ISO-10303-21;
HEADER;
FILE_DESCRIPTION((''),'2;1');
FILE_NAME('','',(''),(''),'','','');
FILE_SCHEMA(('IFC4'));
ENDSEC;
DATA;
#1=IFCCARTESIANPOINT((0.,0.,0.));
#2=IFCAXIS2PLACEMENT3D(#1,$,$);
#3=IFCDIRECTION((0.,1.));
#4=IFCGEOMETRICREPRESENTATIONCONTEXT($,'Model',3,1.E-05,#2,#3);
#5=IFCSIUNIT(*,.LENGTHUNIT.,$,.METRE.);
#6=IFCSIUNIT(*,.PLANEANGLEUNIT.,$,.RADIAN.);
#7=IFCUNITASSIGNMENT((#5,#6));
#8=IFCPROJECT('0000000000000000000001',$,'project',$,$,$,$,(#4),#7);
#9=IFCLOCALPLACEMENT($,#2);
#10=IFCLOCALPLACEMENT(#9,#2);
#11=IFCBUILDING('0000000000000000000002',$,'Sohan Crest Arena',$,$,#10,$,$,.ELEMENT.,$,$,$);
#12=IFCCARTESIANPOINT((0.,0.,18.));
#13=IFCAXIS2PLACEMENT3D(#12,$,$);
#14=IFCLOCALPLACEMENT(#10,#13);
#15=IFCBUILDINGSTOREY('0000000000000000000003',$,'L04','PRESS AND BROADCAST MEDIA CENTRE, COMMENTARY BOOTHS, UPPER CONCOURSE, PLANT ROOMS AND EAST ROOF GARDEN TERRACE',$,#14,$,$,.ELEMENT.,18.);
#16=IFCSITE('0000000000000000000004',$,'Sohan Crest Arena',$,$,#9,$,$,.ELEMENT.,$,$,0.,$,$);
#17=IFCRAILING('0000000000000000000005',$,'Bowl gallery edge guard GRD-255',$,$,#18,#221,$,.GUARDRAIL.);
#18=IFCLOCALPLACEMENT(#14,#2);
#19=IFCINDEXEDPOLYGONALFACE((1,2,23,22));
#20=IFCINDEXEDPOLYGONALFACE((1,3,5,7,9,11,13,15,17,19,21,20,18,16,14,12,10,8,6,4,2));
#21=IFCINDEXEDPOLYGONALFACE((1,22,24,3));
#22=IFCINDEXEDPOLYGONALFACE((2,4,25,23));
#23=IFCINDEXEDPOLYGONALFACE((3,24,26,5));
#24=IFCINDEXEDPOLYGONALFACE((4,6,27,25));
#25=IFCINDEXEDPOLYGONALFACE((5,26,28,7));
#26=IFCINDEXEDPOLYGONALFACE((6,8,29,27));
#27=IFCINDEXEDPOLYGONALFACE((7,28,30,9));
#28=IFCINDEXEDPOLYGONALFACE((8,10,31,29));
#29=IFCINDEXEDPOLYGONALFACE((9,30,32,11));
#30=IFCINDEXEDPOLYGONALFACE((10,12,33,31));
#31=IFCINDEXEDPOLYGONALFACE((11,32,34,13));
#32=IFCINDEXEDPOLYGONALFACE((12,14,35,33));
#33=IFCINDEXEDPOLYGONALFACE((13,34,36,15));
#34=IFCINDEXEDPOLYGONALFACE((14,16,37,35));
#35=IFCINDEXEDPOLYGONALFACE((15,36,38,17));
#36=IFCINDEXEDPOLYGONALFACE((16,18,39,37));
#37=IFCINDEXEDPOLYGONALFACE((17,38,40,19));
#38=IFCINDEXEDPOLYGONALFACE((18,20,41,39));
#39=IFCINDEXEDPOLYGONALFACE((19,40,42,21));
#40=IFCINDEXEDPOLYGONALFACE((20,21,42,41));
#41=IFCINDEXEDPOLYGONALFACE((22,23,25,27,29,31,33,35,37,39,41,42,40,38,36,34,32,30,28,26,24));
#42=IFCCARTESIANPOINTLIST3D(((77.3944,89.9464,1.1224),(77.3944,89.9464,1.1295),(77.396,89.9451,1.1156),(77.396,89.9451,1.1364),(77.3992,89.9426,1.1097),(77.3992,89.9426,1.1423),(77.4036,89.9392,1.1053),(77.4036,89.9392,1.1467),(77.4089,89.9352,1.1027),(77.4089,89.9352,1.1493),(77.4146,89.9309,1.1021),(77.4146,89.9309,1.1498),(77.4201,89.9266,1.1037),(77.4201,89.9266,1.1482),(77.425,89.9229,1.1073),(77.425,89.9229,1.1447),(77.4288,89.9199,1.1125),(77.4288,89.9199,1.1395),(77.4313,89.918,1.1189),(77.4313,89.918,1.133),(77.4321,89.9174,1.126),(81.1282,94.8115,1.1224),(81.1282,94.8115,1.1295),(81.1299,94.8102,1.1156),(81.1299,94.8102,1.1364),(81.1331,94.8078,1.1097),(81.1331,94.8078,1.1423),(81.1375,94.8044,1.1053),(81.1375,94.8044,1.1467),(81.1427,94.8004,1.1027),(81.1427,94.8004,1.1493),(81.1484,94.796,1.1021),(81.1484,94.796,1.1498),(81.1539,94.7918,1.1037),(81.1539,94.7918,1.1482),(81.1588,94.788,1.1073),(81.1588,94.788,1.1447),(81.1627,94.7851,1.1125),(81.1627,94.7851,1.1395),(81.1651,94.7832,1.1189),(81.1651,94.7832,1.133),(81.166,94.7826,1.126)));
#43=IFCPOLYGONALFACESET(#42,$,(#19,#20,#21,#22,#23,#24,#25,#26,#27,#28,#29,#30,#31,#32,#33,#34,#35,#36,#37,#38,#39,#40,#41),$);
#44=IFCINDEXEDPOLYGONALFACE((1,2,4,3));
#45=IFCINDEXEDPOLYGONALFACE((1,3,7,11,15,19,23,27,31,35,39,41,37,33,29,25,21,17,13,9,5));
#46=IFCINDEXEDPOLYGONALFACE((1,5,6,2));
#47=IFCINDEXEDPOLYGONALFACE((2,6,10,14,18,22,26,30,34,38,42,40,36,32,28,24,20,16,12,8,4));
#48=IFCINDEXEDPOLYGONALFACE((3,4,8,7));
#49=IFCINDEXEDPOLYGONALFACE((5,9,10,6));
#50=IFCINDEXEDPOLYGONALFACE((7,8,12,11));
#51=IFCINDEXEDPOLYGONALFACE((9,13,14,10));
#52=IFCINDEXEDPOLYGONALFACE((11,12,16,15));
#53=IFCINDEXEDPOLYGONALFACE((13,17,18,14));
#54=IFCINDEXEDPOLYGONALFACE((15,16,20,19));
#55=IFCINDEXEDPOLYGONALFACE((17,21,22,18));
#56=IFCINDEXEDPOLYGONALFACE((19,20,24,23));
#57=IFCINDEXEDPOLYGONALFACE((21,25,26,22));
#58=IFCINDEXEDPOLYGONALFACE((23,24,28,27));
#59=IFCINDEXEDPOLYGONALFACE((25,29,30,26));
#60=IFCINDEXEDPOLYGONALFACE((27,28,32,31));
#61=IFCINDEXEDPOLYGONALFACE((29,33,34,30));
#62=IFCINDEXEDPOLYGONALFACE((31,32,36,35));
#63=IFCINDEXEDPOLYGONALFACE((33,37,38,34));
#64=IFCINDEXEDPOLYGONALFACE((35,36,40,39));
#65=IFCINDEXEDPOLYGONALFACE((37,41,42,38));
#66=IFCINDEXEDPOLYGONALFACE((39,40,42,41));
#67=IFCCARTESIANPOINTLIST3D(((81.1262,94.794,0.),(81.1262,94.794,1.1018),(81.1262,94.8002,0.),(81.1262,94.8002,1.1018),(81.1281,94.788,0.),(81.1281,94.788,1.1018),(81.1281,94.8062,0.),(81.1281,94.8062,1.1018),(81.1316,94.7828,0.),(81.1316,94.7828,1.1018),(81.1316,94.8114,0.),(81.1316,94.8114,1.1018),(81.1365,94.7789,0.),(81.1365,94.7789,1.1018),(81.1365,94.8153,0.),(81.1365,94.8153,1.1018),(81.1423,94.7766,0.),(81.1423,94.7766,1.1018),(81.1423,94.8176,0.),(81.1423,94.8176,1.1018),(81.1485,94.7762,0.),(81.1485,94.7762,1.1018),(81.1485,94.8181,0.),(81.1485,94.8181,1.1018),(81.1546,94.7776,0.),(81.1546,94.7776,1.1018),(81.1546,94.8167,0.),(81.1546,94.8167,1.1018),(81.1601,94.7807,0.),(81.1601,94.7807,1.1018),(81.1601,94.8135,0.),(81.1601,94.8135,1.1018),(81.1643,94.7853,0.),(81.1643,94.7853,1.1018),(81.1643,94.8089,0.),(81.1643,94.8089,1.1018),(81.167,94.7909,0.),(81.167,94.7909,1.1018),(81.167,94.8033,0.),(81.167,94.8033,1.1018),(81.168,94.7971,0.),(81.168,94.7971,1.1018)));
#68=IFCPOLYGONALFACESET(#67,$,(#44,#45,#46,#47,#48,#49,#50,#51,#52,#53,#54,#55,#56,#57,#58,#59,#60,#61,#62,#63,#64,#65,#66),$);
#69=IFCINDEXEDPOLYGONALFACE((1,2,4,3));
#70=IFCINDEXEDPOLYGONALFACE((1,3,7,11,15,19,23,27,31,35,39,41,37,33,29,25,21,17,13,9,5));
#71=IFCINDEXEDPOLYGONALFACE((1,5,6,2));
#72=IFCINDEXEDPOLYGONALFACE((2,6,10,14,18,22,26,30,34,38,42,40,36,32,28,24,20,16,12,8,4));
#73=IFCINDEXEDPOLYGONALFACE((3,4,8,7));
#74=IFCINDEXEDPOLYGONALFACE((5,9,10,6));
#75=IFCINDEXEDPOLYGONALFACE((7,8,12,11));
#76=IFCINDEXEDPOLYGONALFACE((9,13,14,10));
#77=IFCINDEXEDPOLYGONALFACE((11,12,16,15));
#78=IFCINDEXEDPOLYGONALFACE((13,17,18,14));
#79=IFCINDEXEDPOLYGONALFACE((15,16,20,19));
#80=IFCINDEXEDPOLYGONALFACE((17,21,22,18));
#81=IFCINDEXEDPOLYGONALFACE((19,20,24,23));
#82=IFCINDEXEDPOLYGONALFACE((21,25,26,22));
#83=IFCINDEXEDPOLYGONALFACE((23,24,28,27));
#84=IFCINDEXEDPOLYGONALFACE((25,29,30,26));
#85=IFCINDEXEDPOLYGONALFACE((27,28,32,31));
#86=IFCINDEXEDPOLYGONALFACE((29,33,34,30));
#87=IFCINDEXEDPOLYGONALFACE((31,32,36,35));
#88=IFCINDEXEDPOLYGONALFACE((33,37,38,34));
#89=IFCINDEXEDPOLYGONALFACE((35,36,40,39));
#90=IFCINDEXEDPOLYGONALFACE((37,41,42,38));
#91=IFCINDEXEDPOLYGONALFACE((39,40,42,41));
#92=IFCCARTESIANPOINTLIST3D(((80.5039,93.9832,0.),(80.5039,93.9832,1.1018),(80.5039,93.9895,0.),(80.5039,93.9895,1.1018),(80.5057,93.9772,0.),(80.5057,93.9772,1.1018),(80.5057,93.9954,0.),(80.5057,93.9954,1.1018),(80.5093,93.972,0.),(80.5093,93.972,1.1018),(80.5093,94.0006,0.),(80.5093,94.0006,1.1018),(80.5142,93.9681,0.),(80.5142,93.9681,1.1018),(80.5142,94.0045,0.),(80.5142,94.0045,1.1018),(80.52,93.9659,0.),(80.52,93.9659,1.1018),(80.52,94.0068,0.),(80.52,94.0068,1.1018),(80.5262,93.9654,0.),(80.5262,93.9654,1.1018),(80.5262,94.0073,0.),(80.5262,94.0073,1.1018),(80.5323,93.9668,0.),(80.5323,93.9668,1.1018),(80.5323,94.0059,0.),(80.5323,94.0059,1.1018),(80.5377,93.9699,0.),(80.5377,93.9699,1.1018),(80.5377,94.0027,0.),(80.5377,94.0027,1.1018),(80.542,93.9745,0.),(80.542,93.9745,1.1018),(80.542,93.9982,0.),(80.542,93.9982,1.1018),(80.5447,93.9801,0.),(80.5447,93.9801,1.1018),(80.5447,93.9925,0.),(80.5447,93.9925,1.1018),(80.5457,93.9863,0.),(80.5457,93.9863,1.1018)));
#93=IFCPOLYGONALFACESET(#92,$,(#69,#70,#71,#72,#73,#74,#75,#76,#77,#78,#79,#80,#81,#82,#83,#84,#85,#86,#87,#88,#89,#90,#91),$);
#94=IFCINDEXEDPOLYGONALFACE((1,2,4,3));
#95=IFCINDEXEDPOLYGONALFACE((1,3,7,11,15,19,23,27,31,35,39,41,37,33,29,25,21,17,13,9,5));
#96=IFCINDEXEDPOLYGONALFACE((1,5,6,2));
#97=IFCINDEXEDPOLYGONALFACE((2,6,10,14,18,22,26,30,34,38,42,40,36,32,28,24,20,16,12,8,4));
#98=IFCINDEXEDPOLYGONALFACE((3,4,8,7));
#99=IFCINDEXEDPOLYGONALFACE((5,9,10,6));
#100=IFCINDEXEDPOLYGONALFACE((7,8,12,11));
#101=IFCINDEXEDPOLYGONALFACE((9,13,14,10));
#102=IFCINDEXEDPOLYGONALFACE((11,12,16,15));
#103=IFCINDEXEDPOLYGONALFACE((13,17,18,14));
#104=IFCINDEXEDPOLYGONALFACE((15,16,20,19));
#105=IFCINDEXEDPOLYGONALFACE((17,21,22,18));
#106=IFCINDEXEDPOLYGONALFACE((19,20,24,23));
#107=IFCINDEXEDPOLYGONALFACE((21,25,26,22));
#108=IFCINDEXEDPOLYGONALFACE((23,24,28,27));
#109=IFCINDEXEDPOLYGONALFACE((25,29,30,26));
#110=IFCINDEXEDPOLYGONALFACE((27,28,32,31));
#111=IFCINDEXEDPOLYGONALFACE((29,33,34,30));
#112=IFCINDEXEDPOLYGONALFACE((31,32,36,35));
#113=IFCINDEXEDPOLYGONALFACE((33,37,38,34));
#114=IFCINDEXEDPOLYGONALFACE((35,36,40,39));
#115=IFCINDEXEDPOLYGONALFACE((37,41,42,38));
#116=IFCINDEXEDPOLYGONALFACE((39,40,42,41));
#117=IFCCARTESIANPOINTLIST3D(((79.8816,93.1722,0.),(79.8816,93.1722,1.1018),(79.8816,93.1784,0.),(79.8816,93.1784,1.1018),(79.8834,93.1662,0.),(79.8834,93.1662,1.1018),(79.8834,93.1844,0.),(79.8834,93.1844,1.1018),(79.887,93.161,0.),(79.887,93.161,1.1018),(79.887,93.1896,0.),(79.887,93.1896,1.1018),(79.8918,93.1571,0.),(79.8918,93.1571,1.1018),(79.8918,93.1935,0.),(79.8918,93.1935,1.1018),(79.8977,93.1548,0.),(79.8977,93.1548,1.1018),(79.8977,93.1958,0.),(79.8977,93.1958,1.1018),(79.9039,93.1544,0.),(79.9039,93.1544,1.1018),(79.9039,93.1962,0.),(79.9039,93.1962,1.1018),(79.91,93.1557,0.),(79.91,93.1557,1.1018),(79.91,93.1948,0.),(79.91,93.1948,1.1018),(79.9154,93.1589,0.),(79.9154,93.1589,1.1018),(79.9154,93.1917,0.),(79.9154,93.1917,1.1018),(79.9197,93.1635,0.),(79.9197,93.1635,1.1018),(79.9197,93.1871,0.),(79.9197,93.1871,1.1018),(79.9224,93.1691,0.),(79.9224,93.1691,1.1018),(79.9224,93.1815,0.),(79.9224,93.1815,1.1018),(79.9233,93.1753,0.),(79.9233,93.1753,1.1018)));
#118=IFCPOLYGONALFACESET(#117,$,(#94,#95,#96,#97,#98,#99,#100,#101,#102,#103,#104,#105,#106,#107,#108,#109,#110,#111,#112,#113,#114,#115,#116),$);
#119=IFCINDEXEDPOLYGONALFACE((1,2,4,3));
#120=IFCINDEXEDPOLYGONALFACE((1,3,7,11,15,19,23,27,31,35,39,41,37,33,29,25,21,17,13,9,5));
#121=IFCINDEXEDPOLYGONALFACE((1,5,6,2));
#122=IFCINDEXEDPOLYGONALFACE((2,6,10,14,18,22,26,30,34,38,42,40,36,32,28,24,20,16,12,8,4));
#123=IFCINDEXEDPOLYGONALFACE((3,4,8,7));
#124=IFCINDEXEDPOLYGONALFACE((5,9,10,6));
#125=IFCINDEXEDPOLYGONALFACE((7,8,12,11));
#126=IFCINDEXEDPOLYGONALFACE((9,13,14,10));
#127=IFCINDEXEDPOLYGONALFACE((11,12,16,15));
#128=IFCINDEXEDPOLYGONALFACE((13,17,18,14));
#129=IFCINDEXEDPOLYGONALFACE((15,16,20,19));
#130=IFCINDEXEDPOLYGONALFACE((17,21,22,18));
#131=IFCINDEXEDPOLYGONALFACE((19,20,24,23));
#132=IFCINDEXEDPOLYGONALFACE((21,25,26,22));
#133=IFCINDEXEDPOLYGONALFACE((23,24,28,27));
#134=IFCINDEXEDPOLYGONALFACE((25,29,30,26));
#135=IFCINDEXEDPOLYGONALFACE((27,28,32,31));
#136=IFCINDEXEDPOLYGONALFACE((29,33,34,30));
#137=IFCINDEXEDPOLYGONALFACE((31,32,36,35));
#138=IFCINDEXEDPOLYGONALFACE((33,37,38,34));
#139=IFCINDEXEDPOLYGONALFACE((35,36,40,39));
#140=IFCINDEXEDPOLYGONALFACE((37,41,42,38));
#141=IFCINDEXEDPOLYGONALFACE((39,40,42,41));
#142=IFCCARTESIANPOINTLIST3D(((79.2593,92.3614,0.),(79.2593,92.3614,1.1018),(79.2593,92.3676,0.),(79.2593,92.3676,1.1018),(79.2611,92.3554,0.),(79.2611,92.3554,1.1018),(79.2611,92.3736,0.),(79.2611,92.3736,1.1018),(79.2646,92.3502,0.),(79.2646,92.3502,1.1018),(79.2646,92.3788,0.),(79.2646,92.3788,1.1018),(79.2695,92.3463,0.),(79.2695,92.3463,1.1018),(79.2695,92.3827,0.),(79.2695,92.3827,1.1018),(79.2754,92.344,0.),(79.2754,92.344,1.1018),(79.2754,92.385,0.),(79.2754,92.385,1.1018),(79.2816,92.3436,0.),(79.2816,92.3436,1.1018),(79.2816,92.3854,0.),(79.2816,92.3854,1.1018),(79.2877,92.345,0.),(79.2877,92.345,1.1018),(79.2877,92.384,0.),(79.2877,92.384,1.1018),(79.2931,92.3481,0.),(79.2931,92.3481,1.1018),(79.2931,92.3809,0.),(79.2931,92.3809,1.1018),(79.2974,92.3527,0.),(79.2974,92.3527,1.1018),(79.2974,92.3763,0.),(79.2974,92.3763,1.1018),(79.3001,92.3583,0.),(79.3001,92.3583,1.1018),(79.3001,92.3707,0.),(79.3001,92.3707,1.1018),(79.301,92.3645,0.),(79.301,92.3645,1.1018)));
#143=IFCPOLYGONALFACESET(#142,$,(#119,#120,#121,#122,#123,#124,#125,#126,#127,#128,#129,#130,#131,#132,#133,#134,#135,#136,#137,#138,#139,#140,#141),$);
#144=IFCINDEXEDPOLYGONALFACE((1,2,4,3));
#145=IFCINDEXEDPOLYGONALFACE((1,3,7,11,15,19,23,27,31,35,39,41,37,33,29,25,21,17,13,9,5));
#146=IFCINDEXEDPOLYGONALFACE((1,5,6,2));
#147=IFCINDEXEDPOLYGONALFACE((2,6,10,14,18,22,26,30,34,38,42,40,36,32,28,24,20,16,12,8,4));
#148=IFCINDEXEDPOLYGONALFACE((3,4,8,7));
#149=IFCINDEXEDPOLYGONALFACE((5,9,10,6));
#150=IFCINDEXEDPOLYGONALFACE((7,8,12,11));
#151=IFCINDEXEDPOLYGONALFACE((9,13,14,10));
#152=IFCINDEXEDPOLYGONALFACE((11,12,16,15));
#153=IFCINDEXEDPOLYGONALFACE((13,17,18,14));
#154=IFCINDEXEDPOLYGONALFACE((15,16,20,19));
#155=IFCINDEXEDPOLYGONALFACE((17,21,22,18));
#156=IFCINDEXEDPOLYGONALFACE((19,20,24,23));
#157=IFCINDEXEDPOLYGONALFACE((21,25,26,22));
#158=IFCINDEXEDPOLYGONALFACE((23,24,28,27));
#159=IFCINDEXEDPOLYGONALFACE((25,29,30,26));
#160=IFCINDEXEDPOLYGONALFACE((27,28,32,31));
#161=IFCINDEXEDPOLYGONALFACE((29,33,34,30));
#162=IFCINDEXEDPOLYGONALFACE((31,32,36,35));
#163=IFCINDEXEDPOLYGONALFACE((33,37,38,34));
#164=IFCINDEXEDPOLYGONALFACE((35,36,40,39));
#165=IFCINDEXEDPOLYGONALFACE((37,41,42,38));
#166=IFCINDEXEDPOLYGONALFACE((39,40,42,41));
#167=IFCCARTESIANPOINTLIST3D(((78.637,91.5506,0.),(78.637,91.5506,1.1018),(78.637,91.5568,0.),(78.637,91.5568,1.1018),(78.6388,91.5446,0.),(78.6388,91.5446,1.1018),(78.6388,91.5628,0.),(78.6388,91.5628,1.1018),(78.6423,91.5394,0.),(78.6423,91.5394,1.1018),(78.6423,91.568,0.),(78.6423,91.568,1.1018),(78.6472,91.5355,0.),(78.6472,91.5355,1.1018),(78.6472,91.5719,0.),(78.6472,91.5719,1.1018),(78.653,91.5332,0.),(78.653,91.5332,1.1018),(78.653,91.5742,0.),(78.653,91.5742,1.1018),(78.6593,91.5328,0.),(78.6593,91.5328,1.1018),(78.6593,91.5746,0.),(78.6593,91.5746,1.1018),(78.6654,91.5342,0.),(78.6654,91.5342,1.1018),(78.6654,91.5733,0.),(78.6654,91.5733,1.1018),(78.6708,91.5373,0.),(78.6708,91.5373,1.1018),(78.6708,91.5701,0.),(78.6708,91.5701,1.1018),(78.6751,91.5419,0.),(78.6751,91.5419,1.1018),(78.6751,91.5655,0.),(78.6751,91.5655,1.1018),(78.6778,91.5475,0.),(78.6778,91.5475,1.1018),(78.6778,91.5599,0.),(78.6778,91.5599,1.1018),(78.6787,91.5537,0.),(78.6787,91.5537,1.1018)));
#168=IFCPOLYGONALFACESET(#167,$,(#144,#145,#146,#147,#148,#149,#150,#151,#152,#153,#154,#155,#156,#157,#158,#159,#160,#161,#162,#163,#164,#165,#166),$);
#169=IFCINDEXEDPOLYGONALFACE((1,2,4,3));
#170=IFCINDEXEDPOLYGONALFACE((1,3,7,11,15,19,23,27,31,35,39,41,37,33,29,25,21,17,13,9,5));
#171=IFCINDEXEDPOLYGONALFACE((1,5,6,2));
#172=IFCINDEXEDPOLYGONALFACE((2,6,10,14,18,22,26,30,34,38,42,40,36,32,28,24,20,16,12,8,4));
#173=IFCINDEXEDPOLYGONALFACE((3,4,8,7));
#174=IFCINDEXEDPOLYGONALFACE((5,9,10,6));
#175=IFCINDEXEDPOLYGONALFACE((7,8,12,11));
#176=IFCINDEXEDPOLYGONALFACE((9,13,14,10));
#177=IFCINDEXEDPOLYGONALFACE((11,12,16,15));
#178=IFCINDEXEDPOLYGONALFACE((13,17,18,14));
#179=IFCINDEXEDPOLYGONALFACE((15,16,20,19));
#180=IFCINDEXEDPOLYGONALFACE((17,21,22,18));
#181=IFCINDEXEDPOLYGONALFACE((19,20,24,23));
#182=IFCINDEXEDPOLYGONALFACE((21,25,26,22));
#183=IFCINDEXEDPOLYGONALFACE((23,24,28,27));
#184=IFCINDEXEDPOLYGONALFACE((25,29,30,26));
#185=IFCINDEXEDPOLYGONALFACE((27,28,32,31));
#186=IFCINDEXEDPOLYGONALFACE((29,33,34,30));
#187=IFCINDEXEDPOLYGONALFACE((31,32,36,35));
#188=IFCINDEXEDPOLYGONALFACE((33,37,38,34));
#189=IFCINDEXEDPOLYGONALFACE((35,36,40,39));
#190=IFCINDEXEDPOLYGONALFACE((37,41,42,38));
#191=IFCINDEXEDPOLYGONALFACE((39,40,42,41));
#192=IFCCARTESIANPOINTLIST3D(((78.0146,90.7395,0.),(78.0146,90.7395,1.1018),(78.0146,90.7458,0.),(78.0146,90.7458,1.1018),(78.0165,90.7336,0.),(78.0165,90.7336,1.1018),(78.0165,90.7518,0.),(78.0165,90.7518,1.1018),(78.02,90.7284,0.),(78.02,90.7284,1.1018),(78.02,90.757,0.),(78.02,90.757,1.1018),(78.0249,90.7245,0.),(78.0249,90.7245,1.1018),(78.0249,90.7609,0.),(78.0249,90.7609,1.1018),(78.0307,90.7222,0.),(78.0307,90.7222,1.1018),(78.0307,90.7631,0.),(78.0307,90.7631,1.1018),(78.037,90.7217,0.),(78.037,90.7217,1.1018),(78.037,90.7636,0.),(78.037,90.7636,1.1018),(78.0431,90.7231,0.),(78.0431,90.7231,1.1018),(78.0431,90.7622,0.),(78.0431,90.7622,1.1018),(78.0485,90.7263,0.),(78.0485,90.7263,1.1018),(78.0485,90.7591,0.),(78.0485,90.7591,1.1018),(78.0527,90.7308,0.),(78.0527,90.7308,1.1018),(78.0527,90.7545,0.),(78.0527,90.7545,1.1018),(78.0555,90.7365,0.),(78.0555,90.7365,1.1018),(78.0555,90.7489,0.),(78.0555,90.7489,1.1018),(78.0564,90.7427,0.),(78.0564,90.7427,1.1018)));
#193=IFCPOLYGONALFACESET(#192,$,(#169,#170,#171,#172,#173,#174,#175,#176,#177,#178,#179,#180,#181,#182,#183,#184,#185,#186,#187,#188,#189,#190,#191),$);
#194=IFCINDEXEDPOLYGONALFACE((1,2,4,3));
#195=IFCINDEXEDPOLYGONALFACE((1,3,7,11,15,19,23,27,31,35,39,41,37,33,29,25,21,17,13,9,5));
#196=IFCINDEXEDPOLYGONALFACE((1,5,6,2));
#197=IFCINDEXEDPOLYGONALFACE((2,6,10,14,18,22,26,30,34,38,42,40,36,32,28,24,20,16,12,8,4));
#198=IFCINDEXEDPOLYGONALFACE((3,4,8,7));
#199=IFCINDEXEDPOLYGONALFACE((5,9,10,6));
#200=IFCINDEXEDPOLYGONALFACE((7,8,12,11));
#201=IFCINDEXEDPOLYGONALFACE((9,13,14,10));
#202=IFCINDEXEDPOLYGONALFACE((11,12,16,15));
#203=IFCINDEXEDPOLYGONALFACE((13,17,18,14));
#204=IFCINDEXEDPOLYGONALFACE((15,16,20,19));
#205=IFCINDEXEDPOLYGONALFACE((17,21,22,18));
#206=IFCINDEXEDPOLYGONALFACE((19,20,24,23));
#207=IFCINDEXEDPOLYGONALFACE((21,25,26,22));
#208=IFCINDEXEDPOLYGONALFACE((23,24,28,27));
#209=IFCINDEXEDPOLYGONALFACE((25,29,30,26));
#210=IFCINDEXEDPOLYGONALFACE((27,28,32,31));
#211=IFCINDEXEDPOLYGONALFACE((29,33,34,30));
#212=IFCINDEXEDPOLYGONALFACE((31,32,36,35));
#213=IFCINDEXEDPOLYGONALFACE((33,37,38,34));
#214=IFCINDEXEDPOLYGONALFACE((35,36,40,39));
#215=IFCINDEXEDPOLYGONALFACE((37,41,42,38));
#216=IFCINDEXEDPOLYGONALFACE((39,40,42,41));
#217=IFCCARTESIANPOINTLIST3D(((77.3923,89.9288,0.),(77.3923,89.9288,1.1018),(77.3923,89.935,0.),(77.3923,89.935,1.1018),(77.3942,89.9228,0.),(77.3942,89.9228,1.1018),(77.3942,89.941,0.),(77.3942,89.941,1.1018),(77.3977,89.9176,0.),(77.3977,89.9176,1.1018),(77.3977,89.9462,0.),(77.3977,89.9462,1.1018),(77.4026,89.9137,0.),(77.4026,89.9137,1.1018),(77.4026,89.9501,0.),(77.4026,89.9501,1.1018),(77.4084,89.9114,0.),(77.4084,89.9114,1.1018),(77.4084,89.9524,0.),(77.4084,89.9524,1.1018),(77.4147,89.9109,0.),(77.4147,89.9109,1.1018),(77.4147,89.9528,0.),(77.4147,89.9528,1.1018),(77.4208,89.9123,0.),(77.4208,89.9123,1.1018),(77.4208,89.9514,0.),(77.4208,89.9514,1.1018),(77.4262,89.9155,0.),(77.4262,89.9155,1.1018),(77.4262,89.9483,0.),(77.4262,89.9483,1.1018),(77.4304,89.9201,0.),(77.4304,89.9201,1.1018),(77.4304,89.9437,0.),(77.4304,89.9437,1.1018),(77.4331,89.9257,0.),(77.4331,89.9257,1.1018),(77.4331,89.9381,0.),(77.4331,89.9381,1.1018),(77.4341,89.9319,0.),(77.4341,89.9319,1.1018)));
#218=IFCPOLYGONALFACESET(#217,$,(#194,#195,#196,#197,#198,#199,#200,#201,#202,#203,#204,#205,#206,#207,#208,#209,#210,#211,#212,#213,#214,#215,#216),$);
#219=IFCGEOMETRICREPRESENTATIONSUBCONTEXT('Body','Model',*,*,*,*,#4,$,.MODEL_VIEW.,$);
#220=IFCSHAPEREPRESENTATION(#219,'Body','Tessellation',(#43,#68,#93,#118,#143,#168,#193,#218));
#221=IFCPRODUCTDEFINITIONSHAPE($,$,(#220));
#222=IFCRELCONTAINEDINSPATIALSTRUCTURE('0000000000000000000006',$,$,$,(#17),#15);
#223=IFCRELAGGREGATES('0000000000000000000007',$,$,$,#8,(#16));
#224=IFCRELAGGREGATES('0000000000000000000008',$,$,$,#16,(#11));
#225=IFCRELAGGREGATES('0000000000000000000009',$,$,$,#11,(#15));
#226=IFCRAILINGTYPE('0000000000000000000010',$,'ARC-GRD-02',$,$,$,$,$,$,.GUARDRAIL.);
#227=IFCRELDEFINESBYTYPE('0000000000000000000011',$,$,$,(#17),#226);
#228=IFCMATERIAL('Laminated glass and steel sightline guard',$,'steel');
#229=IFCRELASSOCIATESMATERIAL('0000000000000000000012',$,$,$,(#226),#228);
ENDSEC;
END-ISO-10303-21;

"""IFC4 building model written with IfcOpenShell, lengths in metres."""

from ifc_helpers import new_model, si_unit, direction, frame, origin, origin_2d, place, context, subcontext, project, spatial, circle, extrude, material, type_object, element, save


model = new_model("IFC4")

# Units and contexts
model_context = context("Model", 3, precision=1e-05, world=origin(), true_north=direction((0.0, 1.0)))
body_context = subcontext(model_context, "Body", "Model", "MODEL_VIEW")
ifc_project = project(units=[si_unit("LENGTHUNIT", "METRE"), si_unit("PLANEANGLEUNIT", "RADIAN")], contexts=[model_context])

# Site, building, storey
site_placement = place(None, origin())
site = spatial("IfcSite", under=ifc_project, at=site_placement, Name="Sohan Crest Arena", CompositionType="ELEMENT", RefElevation=0.0)
building_placement = place(site_placement, origin())
building = spatial("IfcBuilding", under=site, at=building_placement, Name="Sohan Crest Arena", CompositionType="ELEMENT")
storey_placement = place(building_placement, frame((0.0, 0.0, 18.0)))
storey = spatial("IfcBuildingStorey", under=building, at=storey_placement, Name="L04", Description="PRESS AND BROADCAST MEDIA CENTRE, COMMENTARY BOOTHS, UPPER CONCOURSE, PLANT ROOMS AND EAST ROOF GARDEN TERRACE", CompositionType="ELEMENT", Elevation=18.0)

# Railing
ifc_material_1 = material(Name="Laminated glass and steel sightline guard", Category="steel")
railing_type = type_object("IfcRailingType", Name="ARC-GRD-02", PredefinedType="GUARDRAIL", material=ifc_material_1)
railing_1_placement = place(storey_placement, frame((81.147, 94.7971, 0.0)))
element("IfcRailing", 1, at=railing_1_placement, inside=storey, type_object=railing_type, Name="Bowl gallery edge guard GRD-255", PredefinedType="GUARDRAIL", context=body_context, shape_type="SweptSolid", body=[
    extrude(circle(Radius=0.0239, at=origin_2d()), frame((0.0, 0.0, 1.126), z_axis=(-0.608829, -0.793301, 0.0), x_axis=(0.793301, -0.608829, 0.0)), (0.0, 0.0, 1.0), 6.1328),
    extrude(circle(Radius=0.021, at=origin_2d()), origin(), (0.0, 0.0, 1.0), 1.1018),
    extrude(circle(Radius=0.021, at=origin_2d()), frame((-0.6223, -0.8108, 0.0)), (0.0, 0.0, 1.0), 1.1018),
    extrude(circle(Radius=0.021, at=origin_2d()), frame((-1.2446, -1.6218, 0.0)), (0.0, 0.0, 1.0), 1.1018),
    extrude(circle(Radius=0.021, at=origin_2d()), frame((-1.8669, -2.4326, 0.0)), (0.0, 0.0, 1.0), 1.1018),
    extrude(circle(Radius=0.021, at=origin_2d()), frame((-2.4893, -3.2434, 0.0)), (0.0, 0.0, 1.0), 1.1018),
    extrude(circle(Radius=0.021, at=origin_2d()), frame((-3.1116, -4.0544, 0.0)), (0.0, 0.0, 1.0), 1.1018),
    extrude(circle(Radius=0.021, at=origin_2d()), frame((-3.7339, -4.8652, 0.0)), (0.0, 0.0, 1.0), 1.1018),
])

save(model, "model.ifc")
